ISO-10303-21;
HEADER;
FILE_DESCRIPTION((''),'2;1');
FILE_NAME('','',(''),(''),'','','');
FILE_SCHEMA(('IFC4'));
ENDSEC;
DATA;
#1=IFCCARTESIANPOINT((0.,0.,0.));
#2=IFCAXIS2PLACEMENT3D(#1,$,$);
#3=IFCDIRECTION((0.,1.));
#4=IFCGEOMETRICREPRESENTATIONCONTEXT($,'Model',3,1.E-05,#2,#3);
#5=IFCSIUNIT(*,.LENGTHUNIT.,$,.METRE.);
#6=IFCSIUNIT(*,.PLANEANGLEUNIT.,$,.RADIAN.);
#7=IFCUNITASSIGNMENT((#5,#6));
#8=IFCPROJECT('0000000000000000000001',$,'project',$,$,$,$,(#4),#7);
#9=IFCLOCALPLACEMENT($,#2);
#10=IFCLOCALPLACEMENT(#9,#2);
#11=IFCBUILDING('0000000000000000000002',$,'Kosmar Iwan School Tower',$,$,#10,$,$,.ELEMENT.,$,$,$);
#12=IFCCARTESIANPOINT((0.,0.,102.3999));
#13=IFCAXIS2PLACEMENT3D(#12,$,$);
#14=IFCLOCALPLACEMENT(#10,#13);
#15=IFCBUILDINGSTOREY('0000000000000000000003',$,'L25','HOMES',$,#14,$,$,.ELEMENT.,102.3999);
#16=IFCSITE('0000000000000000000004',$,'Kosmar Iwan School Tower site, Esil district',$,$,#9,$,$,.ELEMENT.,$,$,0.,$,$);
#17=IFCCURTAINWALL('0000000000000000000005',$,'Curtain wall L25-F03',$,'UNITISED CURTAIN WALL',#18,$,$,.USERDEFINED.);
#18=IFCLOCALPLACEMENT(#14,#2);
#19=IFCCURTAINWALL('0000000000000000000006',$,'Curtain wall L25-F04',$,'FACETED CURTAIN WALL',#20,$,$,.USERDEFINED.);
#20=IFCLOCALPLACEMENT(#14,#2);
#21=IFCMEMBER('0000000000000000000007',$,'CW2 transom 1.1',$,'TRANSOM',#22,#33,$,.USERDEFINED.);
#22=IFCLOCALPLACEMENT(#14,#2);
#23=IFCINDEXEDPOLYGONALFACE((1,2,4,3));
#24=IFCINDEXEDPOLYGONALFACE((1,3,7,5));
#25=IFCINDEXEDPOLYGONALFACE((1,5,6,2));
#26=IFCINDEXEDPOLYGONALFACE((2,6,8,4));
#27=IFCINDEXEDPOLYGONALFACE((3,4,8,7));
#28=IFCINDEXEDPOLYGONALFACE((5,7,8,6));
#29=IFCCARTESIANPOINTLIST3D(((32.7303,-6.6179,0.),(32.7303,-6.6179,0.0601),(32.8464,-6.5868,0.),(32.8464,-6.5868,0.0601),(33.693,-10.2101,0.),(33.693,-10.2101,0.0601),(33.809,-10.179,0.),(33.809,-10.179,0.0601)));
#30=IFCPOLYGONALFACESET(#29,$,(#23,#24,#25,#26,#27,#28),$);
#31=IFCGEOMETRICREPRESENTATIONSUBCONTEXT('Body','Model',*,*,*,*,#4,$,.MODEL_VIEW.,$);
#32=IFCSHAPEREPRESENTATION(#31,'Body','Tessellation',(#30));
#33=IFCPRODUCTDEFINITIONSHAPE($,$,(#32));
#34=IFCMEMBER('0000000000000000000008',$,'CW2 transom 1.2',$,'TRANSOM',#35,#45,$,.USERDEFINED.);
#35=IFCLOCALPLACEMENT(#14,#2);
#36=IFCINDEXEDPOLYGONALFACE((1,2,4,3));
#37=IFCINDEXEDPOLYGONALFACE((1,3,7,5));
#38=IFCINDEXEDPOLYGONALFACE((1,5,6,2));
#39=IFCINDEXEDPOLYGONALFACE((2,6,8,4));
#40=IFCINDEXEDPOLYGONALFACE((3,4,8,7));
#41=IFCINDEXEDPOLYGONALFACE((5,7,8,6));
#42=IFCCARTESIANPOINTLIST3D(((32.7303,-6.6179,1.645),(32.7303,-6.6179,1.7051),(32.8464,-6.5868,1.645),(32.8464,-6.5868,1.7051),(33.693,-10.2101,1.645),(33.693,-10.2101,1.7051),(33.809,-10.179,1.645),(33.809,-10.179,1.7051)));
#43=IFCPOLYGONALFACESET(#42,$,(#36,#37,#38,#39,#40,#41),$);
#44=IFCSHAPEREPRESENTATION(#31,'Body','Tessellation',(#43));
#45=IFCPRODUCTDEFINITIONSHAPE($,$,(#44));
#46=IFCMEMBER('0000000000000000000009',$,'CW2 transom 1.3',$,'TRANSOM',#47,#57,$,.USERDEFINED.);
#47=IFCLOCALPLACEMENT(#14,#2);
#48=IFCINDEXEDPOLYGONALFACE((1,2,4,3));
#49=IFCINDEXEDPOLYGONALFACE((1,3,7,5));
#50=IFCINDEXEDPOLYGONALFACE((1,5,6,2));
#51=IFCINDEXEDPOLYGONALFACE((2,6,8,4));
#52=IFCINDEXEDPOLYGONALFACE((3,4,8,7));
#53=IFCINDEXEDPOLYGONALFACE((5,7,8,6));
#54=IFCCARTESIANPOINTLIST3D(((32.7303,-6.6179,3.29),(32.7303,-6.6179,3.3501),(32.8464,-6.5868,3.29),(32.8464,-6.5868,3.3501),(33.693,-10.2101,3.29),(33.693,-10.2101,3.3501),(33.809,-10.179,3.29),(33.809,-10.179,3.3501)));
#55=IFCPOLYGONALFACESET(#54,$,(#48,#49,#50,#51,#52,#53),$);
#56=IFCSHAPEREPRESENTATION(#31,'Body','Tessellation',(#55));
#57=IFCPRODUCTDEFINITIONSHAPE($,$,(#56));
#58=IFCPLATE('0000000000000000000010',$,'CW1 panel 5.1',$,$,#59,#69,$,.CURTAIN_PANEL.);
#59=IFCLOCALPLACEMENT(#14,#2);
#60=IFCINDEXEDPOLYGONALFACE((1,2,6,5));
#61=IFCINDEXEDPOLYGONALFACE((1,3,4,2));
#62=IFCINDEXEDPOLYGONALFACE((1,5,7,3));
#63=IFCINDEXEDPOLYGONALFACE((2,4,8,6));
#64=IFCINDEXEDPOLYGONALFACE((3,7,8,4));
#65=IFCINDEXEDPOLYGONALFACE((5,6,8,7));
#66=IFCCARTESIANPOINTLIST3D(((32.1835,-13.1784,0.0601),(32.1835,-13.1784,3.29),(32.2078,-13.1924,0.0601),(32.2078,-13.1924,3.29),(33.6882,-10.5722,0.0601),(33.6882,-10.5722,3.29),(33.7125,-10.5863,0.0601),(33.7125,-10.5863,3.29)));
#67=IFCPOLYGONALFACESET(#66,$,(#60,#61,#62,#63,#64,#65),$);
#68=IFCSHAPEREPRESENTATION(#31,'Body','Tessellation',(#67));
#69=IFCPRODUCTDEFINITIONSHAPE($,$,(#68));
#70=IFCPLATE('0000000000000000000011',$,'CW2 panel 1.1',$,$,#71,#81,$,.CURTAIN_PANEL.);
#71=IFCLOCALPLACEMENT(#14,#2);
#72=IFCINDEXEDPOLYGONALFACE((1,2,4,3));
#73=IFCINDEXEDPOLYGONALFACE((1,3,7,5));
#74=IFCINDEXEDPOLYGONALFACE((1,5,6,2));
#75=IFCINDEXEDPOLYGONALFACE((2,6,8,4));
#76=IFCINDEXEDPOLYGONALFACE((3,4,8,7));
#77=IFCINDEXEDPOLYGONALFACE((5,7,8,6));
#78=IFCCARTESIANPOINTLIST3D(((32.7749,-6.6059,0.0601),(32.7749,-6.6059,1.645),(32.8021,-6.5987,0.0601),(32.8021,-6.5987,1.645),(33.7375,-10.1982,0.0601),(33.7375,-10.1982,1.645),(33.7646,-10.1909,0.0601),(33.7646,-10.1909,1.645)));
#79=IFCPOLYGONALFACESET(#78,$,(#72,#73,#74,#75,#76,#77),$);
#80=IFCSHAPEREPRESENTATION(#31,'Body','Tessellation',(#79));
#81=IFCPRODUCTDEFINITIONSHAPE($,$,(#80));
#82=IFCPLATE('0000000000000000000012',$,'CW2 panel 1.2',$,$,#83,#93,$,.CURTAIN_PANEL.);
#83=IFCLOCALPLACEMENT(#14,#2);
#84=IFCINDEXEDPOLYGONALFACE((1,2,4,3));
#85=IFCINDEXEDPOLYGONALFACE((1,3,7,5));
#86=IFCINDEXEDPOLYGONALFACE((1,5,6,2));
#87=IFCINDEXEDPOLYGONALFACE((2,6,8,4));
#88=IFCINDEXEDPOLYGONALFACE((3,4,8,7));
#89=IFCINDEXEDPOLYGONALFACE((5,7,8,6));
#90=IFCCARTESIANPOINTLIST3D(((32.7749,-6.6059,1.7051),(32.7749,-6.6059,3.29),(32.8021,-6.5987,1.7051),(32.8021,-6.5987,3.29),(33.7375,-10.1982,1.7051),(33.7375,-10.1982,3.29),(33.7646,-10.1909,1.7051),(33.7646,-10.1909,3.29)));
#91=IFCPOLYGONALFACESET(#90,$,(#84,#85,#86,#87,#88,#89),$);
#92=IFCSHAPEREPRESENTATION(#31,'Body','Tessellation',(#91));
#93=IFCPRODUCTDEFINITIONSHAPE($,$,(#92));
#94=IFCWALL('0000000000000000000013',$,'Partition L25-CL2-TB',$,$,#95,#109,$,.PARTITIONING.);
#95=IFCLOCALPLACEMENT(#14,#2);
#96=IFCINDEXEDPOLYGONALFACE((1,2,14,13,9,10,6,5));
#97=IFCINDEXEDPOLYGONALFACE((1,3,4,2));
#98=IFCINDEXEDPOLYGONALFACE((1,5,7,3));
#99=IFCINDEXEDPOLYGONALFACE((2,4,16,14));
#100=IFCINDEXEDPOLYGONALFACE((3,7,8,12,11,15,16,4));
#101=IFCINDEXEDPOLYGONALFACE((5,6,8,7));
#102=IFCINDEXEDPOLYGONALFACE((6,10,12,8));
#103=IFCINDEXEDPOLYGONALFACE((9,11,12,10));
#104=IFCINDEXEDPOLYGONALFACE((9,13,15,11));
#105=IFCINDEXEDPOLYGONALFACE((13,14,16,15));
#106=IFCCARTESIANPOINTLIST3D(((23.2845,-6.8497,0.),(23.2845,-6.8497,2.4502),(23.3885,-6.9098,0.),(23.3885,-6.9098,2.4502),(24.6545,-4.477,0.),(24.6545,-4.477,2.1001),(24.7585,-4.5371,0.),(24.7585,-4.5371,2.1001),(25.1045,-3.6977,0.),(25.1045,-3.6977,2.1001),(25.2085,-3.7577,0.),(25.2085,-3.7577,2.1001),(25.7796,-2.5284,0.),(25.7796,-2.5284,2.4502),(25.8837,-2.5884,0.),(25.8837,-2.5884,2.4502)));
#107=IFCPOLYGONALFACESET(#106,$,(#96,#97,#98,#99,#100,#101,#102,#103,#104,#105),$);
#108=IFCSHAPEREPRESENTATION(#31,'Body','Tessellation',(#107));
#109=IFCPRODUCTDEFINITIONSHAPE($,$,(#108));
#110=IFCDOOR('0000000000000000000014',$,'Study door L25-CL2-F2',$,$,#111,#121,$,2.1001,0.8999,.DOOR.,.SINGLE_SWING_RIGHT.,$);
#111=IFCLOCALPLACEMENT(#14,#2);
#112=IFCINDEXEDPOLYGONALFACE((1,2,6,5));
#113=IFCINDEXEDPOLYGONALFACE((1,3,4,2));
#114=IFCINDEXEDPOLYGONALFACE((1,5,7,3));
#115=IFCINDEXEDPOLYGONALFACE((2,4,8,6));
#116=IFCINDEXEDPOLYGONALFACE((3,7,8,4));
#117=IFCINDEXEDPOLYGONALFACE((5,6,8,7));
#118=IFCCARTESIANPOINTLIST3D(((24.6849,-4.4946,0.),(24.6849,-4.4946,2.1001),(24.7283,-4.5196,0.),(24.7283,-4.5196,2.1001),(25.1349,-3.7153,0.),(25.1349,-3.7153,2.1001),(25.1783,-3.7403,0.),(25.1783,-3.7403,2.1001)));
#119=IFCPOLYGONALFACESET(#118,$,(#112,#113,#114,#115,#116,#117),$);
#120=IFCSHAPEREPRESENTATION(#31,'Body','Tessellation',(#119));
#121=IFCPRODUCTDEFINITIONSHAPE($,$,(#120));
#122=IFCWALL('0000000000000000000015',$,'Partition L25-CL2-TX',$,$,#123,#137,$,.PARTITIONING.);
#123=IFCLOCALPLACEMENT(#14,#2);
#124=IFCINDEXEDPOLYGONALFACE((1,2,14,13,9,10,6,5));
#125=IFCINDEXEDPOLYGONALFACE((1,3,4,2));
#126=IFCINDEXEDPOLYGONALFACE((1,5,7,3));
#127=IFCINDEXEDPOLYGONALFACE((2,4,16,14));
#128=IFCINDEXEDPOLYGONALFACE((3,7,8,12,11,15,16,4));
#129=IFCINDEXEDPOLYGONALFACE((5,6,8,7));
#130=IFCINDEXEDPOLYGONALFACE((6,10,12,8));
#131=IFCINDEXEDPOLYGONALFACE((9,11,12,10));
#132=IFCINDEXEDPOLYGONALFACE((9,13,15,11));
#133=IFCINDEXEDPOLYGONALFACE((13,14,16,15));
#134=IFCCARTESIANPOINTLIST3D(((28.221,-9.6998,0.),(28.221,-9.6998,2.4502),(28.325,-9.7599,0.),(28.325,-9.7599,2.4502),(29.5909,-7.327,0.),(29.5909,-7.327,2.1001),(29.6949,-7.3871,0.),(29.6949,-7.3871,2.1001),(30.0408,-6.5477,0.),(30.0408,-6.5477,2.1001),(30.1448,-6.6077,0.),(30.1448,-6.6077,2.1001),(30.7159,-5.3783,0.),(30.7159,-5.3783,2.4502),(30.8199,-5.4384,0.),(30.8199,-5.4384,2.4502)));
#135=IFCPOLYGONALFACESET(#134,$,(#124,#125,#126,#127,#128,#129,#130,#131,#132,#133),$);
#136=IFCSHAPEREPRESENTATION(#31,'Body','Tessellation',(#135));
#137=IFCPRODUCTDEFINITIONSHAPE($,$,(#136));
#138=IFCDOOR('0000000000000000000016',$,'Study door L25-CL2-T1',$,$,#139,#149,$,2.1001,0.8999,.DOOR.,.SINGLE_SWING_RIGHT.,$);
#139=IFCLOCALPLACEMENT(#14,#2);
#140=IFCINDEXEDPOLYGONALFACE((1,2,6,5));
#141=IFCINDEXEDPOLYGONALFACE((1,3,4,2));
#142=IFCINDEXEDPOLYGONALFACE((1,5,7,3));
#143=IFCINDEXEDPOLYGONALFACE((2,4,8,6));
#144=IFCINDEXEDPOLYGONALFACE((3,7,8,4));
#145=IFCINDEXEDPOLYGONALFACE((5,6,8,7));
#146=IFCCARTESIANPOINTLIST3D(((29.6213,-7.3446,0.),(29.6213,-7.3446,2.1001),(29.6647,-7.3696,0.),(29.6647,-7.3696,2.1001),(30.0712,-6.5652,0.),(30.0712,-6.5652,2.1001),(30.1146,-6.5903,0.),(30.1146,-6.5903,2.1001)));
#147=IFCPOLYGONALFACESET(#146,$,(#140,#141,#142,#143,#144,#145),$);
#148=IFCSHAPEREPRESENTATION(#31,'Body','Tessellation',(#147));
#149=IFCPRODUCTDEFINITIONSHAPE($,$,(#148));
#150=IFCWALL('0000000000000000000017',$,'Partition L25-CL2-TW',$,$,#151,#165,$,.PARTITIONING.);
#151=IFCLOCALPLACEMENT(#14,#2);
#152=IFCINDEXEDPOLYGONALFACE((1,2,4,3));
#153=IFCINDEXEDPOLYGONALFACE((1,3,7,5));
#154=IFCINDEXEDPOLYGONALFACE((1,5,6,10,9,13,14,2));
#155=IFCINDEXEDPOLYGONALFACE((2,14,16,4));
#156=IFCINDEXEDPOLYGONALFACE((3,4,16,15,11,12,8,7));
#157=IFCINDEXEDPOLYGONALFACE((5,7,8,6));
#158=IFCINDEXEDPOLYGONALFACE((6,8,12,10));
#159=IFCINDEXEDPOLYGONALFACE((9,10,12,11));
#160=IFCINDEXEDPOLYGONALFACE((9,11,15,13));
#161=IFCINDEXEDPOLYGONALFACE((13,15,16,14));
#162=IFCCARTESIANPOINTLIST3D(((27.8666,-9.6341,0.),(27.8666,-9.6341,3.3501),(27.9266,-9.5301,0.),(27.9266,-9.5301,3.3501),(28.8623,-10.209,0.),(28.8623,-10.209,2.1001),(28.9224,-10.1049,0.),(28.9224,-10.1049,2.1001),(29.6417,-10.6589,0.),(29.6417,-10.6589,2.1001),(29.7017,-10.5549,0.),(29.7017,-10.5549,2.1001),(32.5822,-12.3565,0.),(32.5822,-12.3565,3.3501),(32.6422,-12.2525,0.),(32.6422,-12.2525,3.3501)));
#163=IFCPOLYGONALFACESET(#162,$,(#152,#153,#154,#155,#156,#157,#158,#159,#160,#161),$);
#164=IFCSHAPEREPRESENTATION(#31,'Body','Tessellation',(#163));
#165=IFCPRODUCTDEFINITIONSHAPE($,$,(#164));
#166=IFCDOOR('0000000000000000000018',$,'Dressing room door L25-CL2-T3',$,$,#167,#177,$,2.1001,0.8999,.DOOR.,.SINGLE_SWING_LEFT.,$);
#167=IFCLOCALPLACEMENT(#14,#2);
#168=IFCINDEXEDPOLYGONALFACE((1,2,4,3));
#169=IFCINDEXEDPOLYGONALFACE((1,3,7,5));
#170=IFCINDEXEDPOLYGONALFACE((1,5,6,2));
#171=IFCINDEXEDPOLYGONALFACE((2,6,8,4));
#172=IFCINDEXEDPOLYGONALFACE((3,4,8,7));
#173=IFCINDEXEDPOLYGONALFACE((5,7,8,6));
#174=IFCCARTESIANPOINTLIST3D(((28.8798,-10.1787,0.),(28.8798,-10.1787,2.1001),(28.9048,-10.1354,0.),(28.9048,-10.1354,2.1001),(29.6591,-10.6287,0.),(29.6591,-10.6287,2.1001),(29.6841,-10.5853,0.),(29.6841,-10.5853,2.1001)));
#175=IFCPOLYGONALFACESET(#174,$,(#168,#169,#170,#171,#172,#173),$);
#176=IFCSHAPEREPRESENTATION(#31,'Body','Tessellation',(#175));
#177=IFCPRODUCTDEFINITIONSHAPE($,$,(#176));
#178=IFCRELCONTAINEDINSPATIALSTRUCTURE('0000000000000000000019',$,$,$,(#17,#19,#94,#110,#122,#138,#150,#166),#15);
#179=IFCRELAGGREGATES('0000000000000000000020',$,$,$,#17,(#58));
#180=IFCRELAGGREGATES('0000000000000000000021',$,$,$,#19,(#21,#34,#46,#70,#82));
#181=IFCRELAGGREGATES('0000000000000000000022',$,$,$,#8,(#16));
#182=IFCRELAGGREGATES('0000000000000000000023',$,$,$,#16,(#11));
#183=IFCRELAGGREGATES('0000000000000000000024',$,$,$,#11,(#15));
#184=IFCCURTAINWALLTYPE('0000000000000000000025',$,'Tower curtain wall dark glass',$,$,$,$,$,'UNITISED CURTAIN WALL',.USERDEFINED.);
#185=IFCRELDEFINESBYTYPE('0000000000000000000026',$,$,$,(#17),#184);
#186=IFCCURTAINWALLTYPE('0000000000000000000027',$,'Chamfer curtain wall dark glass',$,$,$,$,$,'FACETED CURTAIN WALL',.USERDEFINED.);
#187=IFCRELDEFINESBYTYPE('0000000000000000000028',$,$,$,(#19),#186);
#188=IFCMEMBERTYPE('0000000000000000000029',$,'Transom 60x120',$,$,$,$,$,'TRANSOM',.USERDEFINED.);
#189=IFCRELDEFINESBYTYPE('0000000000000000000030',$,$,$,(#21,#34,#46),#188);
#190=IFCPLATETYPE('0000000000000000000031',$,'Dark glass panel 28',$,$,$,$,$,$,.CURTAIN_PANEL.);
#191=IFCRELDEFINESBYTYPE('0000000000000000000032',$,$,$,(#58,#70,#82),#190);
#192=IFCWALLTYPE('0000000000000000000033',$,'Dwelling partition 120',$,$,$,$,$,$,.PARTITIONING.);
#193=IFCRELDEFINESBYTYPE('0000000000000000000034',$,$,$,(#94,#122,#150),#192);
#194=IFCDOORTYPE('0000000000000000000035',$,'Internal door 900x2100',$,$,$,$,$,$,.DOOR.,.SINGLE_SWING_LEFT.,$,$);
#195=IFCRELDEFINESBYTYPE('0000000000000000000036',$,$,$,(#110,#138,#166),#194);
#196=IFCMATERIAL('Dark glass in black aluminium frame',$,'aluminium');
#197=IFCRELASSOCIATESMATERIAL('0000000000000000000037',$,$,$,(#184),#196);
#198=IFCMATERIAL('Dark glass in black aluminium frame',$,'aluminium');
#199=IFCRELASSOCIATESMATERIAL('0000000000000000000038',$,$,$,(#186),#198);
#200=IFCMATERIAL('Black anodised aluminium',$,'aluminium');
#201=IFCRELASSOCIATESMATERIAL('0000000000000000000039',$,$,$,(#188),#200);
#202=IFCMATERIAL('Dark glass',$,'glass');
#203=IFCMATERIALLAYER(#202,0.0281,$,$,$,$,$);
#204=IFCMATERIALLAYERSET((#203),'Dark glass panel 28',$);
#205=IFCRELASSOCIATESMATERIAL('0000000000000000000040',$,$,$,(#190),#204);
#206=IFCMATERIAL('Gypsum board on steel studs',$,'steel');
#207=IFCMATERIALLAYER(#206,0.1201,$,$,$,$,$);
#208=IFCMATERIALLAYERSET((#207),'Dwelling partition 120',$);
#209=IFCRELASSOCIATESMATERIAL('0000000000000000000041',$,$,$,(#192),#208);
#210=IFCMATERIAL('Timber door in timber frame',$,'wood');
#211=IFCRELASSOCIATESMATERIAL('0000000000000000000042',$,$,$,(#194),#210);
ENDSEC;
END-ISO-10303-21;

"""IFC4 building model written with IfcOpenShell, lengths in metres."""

from ifc_helpers import new_model, si_unit, direction, frame, frame_2d, origin, origin_2d, place, context, subcontext, project, spatial, rectangle, extrude, material, layer, layer_set, material_profile, profile_set, type_object, element, fill, aggregate, save


model = new_model("IFC4")

# Units and contexts
model_context = context("Model", 3, precision=1e-05, world=origin(), true_north=direction((0.0, 1.0)))
body_context = subcontext(model_context, "Body", "Model", "MODEL_VIEW")
ifc_project = project(units=[si_unit("LENGTHUNIT", "METRE"), si_unit("PLANEANGLEUNIT", "RADIAN")], contexts=[model_context])

# Site, building, storey
site_placement = place(None, origin())
site = spatial("IfcSite", under=ifc_project, at=site_placement, Name="Kosmar Iwan School Tower site, Esil district", CompositionType="ELEMENT", RefElevation=0.0)
building_placement = place(site_placement, origin())
building = spatial("IfcBuilding", under=site, at=building_placement, Name="Kosmar Iwan School Tower", CompositionType="ELEMENT")
storey_placement = place(building_placement, frame((0.0, 0.0, 102.3999)))
storey = spatial("IfcBuildingStorey", under=building, at=storey_placement, Name="L25", Description="HOMES", CompositionType="ELEMENT", Elevation=102.3999)

# Curtain wall
ifc_material_1 = material(Name="Dark glass in black aluminium frame", Category="aluminium")
curtain_wall_type_1 = type_object("IfcCurtainWallType", Name="Tower curtain wall dark glass", ElementType="UNITISED CURTAIN WALL", PredefinedType="USERDEFINED", material=ifc_material_1)
curtain_wall_1_placement = place(storey_placement, origin())
curtain_wall_1 = element("IfcCurtainWall", 1, at=curtain_wall_1_placement, inside=storey, type_object=curtain_wall_type_1, Name="Curtain wall L25-F03", ObjectType="UNITISED CURTAIN WALL", PredefinedType="USERDEFINED")

# Curtain wall
ifc_material_2 = material(Name="Dark glass in black aluminium frame", Category="aluminium")
curtain_wall_type_2 = type_object("IfcCurtainWallType", Name="Chamfer curtain wall dark glass", ElementType="FACETED CURTAIN WALL", PredefinedType="USERDEFINED", material=ifc_material_2)
curtain_wall_2_placement = place(storey_placement, origin())
curtain_wall_2 = element("IfcCurtainWall", 2, at=curtain_wall_2_placement, inside=storey, type_object=curtain_wall_type_2, Name="Curtain wall L25-F04", ObjectType="FACETED CURTAIN WALL", PredefinedType="USERDEFINED")

# Members
ifc_material_3 = material(Name="Black anodised aluminium", Category="aluminium")
ifc_material_profile_1 = material_profile(ifc_material_3, rectangle(XDim=0.1201, YDim=0.0601, at=origin_2d()), Name="TRANSOM 60x120")
ifc_profile_set_1 = profile_set([ifc_material_profile_1], Name="Black anodised aluminium")
member_type_1 = type_object("IfcMemberType", Name="Transom 60x120", ElementType="TRANSOM", PredefinedType="USERDEFINED", material=ifc_profile_set_1)
member_1_placement = place(storey_placement, frame((33.751, -10.1946, 0.03), z_axis=(-0.258843, 0.965919, 0.0), x_axis=(-0.965919, -0.258843, 0.0)))
member_1 = element("IfcMember", 3, at=member_1_placement, type_object=member_type_1, Name="CW2 transom 1.1", ObjectType="TRANSOM", PredefinedType="USERDEFINED", context=body_context, shape_type="SweptSolid", body=[
    extrude(rectangle(XDim=0.1201, YDim=0.0601, at=origin_2d()), origin(), (0.0, 0.0, 1.0), 3.719),
])
member_2_placement = place(storey_placement, frame((33.751, -10.1946, 1.675), z_axis=(-0.258843, 0.965919, 0.0), x_axis=(-0.965919, -0.258843, 0.0)))
member_2 = element("IfcMember", 4, at=member_2_placement, type_object=member_type_1, Name="CW2 transom 1.2", ObjectType="TRANSOM", PredefinedType="USERDEFINED", context=body_context, shape_type="SweptSolid", body=[
    extrude(rectangle(XDim=0.1201, YDim=0.0601, at=origin_2d()), origin(), (0.0, 0.0, 1.0), 3.719),
])
member_3_placement = place(storey_placement, frame((33.751, -10.1946, 3.3201), z_axis=(-0.258843, 0.965919, 0.0), x_axis=(-0.965919, -0.258843, 0.0)))
member_3 = element("IfcMember", 5, at=member_3_placement, type_object=member_type_1, Name="CW2 transom 1.3", ObjectType="TRANSOM", PredefinedType="USERDEFINED", context=body_context, shape_type="SweptSolid", body=[
    extrude(rectangle(XDim=0.1201, YDim=0.0601, at=origin_2d()), origin(), (0.0, 0.0, 1.0), 3.719),
])

# Plates
ifc_material_4 = material(Name="Dark glass", Category="glass")
ifc_layer_1 = layer(ifc_material_4, 0.0281)
ifc_layer_set_1 = layer_set([ifc_layer_1], Name="Dark glass panel 28")
plate_type = type_object("IfcPlateType", Name="Dark glass panel 28", PredefinedType="CURTAIN_PANEL", material=ifc_layer_set_1)
plate_1_placement = place(storey_placement, frame((32.948, -11.8823, 0.0601), z_axis=(0.0, 0.0, 1.0), x_axis=(0.5, 0.866025, 0.0)))
plate_1 = element("IfcPlate", 6, at=plate_1_placement, type_object=plate_type, Name="CW1 panel 5.1", PredefinedType="CURTAIN_PANEL", context=body_context, shape_type="SweptSolid", body=[
    extrude(rectangle(XDim=3.0093, YDim=0.0281, at=origin_2d()), origin(), (0.0, 0.0, 1.0), 3.23),
])
aggregate(curtain_wall_1, [plate_1])
plate_2_placement = place(storey_placement, frame((33.2698, -8.3984, 0.0601), z_axis=(0.0, 0.0, 1.0), x_axis=(-0.258819, 0.965926, 0.0)))
plate_2 = element("IfcPlate", 7, at=plate_2_placement, type_object=plate_type, Name="CW2 panel 1.1", PredefinedType="CURTAIN_PANEL", context=body_context, shape_type="SweptSolid", body=[
    extrude(rectangle(XDim=3.719, YDim=0.0281, at=origin_2d()), origin(), (0.0, 0.0, 1.0), 1.585),
])
plate_3_placement = place(storey_placement, frame((33.2698, -8.3984, 1.7051), z_axis=(0.0, 0.0, 1.0), x_axis=(-0.258819, 0.965926, 0.0)))
plate_3 = element("IfcPlate", 8, at=plate_3_placement, type_object=plate_type, Name="CW2 panel 1.2", PredefinedType="CURTAIN_PANEL", context=body_context, shape_type="SweptSolid", body=[
    extrude(rectangle(XDim=3.719, YDim=0.0281, at=origin_2d()), origin(), (0.0, 0.0, 1.0), 1.585),
])
aggregate(curtain_wall_2, [member_1, member_2, member_3, plate_2, plate_3])

# Walls, openings, doors
ifc_material_5 = material(Name="Gypsum board on steel studs", Category="steel")
ifc_layer_2 = layer(ifc_material_5, 0.1201)
ifc_layer_set_2 = layer_set([ifc_layer_2], Name="Dwelling partition 120")
wall_type_1 = type_object("IfcWallType", Name="Dwelling partition 120", PredefinedType="PARTITIONING", material=ifc_layer_set_2)
wall_1_placement = place(storey_placement, frame((23.3364, -6.8799, 0.0), z_axis=(0.0, 0.0, 1.0), x_axis=(0.500033, 0.866006, 0.0)))
wall_1 = element("IfcWall", 9, at=wall_1_placement, inside=storey, type_object=wall_type_1, Name="Partition L25-CL2-TB", PredefinedType="PARTITIONING", context=body_context, shape_type="SweptSolid", body=[
    extrude(rectangle(XDim=4.99, YDim=0.1201, at=frame_2d((2.4951, 0.0))), origin(), (0.0, 0.0, 1.0), 2.4502),
])
opening_1_placement = place(wall_1_placement, frame((2.74, 0.0, 0.0)))
opening_1 = element("IfcOpeningElement", 10, at=opening_1_placement, cuts=wall_1, PredefinedType="OPENING", context=body_context, shape_type="SweptSolid", body=[
    extrude(rectangle(XDim=0.8999, YDim=2.1001, at=frame_2d((0.45, 1.05))), frame((0.0, 0.072, 0.0), z_axis=(0.0, -1.0, 0.0), x_axis=(1.0, 0.0, 0.0)), (0.0, 0.0, 1.0), 0.144),
])
ifc_material_6 = material(Name="Timber door in timber frame", Category="wood")
door_type = type_object("IfcDoorType", Name="Internal door 900x2100", OperationType="SINGLE_SWING_LEFT", PredefinedType="DOOR", material=ifc_material_6)
door_1_placement = place(opening_1_placement, origin())
door_1 = element("IfcDoor", 11, at=door_1_placement, inside=storey, type_object=door_type, Name="Study door L25-CL2-F2", OperationType="SINGLE_SWING_RIGHT", OverallHeight=2.1001, OverallWidth=0.8999, PredefinedType="DOOR", context=body_context, shape_type="SweptSolid", body=[
    extrude(rectangle(XDim=0.8999, YDim=2.1001, at=frame_2d((0.45, 1.05))), frame((0.0, 0.0249, 0.0), z_axis=(0.0, -1.0, 0.0), x_axis=(1.0, 0.0, 0.0)), (0.0, 0.0, 1.0), 0.05),
])
fill(opening_1, door_1)
wall_2_placement = place(storey_placement, frame((28.2729, -9.73, 0.0), z_axis=(0.0, 0.0, 1.0), x_axis=(0.499975, 0.86604, 0.0)))
wall_2 = element("IfcWall", 12, at=wall_2_placement, inside=storey, type_object=wall_type_1, Name="Partition L25-CL2-TX", PredefinedType="PARTITIONING", context=body_context, shape_type="SweptSolid", body=[
    extrude(rectangle(XDim=4.99, YDim=0.1201, at=frame_2d((2.4951, 0.0))), origin(), (0.0, 0.0, 1.0), 2.4502),
])
opening_2_placement = place(wall_2_placement, frame((2.74, 0.0, 0.0)))
opening_2 = element("IfcOpeningElement", 13, at=opening_2_placement, cuts=wall_2, PredefinedType="OPENING", context=body_context, shape_type="SweptSolid", body=[
    extrude(rectangle(XDim=0.8999, YDim=2.1001, at=frame_2d((0.45, 1.05))), frame((0.0, 0.072, 0.0), z_axis=(0.0, -1.0, 0.0), x_axis=(1.0, 0.0, 0.0)), (0.0, 0.0, 1.0), 0.144),
])
door_2_placement = place(opening_2_placement, origin())
door_2 = element("IfcDoor", 14, at=door_2_placement, inside=storey, type_object=door_type, Name="Study door L25-CL2-T1", OperationType="SINGLE_SWING_RIGHT", OverallHeight=2.1001, OverallWidth=0.8999, PredefinedType="DOOR", context=body_context, shape_type="SweptSolid", body=[
    extrude(rectangle(XDim=0.8999, YDim=2.1001, at=frame_2d((0.45, 1.05))), frame((0.0, 0.0249, 0.0), z_axis=(0.0, -1.0, 0.0), x_axis=(1.0, 0.0, 0.0)), (0.0, 0.0, 1.0), 0.05),
])
fill(opening_2, door_2)
wall_3_placement = place(storey_placement, frame((27.8965, -9.582, 0.0), z_axis=(0.0, 0.0, 1.0), x_axis=(0.866036, -0.499982, 0.0)))
wall_3 = element("IfcWall", 15, at=wall_3_placement, inside=storey, type_object=wall_type_1, Name="Partition L25-CL2-TW", PredefinedType="PARTITIONING", context=body_context, shape_type="SweptSolid", body=[
    extrude(rectangle(XDim=5.4451, YDim=0.1201, at=frame_2d((2.7227, 0.0))), origin(), (0.0, 0.0, 1.0), 3.3501),
])
opening_3_placement = place(wall_3_placement, frame((1.1499, 0.0, 0.0)))
opening_3 = element("IfcOpeningElement", 16, at=opening_3_placement, cuts=wall_3, PredefinedType="OPENING", context=body_context, shape_type="SweptSolid", body=[
    extrude(rectangle(XDim=0.8999, YDim=2.1001, at=frame_2d((0.45, 1.05))), frame((0.0, 0.072, 0.0), z_axis=(0.0, -1.0, 0.0), x_axis=(1.0, 0.0, 0.0)), (0.0, 0.0, 1.0), 0.144),
])
door_3_placement = place(opening_3_placement, origin())
door_3 = element("IfcDoor", 17, at=door_3_placement, inside=storey, type_object=door_type, Name="Dressing room door L25-CL2-T3", OperationType="SINGLE_SWING_LEFT", OverallHeight=2.1001, OverallWidth=0.8999, PredefinedType="DOOR", context=body_context, shape_type="SweptSolid", body=[
    extrude(rectangle(XDim=0.8999, YDim=2.1001, at=frame_2d((0.45, 1.05))), frame((0.0, 0.0249, 0.0), z_axis=(0.0, -1.0, 0.0), x_axis=(1.0, 0.0, 0.0)), (0.0, 0.0, 1.0), 0.05),
])
fill(opening_3, door_3)

save(model, "model.ifc")
